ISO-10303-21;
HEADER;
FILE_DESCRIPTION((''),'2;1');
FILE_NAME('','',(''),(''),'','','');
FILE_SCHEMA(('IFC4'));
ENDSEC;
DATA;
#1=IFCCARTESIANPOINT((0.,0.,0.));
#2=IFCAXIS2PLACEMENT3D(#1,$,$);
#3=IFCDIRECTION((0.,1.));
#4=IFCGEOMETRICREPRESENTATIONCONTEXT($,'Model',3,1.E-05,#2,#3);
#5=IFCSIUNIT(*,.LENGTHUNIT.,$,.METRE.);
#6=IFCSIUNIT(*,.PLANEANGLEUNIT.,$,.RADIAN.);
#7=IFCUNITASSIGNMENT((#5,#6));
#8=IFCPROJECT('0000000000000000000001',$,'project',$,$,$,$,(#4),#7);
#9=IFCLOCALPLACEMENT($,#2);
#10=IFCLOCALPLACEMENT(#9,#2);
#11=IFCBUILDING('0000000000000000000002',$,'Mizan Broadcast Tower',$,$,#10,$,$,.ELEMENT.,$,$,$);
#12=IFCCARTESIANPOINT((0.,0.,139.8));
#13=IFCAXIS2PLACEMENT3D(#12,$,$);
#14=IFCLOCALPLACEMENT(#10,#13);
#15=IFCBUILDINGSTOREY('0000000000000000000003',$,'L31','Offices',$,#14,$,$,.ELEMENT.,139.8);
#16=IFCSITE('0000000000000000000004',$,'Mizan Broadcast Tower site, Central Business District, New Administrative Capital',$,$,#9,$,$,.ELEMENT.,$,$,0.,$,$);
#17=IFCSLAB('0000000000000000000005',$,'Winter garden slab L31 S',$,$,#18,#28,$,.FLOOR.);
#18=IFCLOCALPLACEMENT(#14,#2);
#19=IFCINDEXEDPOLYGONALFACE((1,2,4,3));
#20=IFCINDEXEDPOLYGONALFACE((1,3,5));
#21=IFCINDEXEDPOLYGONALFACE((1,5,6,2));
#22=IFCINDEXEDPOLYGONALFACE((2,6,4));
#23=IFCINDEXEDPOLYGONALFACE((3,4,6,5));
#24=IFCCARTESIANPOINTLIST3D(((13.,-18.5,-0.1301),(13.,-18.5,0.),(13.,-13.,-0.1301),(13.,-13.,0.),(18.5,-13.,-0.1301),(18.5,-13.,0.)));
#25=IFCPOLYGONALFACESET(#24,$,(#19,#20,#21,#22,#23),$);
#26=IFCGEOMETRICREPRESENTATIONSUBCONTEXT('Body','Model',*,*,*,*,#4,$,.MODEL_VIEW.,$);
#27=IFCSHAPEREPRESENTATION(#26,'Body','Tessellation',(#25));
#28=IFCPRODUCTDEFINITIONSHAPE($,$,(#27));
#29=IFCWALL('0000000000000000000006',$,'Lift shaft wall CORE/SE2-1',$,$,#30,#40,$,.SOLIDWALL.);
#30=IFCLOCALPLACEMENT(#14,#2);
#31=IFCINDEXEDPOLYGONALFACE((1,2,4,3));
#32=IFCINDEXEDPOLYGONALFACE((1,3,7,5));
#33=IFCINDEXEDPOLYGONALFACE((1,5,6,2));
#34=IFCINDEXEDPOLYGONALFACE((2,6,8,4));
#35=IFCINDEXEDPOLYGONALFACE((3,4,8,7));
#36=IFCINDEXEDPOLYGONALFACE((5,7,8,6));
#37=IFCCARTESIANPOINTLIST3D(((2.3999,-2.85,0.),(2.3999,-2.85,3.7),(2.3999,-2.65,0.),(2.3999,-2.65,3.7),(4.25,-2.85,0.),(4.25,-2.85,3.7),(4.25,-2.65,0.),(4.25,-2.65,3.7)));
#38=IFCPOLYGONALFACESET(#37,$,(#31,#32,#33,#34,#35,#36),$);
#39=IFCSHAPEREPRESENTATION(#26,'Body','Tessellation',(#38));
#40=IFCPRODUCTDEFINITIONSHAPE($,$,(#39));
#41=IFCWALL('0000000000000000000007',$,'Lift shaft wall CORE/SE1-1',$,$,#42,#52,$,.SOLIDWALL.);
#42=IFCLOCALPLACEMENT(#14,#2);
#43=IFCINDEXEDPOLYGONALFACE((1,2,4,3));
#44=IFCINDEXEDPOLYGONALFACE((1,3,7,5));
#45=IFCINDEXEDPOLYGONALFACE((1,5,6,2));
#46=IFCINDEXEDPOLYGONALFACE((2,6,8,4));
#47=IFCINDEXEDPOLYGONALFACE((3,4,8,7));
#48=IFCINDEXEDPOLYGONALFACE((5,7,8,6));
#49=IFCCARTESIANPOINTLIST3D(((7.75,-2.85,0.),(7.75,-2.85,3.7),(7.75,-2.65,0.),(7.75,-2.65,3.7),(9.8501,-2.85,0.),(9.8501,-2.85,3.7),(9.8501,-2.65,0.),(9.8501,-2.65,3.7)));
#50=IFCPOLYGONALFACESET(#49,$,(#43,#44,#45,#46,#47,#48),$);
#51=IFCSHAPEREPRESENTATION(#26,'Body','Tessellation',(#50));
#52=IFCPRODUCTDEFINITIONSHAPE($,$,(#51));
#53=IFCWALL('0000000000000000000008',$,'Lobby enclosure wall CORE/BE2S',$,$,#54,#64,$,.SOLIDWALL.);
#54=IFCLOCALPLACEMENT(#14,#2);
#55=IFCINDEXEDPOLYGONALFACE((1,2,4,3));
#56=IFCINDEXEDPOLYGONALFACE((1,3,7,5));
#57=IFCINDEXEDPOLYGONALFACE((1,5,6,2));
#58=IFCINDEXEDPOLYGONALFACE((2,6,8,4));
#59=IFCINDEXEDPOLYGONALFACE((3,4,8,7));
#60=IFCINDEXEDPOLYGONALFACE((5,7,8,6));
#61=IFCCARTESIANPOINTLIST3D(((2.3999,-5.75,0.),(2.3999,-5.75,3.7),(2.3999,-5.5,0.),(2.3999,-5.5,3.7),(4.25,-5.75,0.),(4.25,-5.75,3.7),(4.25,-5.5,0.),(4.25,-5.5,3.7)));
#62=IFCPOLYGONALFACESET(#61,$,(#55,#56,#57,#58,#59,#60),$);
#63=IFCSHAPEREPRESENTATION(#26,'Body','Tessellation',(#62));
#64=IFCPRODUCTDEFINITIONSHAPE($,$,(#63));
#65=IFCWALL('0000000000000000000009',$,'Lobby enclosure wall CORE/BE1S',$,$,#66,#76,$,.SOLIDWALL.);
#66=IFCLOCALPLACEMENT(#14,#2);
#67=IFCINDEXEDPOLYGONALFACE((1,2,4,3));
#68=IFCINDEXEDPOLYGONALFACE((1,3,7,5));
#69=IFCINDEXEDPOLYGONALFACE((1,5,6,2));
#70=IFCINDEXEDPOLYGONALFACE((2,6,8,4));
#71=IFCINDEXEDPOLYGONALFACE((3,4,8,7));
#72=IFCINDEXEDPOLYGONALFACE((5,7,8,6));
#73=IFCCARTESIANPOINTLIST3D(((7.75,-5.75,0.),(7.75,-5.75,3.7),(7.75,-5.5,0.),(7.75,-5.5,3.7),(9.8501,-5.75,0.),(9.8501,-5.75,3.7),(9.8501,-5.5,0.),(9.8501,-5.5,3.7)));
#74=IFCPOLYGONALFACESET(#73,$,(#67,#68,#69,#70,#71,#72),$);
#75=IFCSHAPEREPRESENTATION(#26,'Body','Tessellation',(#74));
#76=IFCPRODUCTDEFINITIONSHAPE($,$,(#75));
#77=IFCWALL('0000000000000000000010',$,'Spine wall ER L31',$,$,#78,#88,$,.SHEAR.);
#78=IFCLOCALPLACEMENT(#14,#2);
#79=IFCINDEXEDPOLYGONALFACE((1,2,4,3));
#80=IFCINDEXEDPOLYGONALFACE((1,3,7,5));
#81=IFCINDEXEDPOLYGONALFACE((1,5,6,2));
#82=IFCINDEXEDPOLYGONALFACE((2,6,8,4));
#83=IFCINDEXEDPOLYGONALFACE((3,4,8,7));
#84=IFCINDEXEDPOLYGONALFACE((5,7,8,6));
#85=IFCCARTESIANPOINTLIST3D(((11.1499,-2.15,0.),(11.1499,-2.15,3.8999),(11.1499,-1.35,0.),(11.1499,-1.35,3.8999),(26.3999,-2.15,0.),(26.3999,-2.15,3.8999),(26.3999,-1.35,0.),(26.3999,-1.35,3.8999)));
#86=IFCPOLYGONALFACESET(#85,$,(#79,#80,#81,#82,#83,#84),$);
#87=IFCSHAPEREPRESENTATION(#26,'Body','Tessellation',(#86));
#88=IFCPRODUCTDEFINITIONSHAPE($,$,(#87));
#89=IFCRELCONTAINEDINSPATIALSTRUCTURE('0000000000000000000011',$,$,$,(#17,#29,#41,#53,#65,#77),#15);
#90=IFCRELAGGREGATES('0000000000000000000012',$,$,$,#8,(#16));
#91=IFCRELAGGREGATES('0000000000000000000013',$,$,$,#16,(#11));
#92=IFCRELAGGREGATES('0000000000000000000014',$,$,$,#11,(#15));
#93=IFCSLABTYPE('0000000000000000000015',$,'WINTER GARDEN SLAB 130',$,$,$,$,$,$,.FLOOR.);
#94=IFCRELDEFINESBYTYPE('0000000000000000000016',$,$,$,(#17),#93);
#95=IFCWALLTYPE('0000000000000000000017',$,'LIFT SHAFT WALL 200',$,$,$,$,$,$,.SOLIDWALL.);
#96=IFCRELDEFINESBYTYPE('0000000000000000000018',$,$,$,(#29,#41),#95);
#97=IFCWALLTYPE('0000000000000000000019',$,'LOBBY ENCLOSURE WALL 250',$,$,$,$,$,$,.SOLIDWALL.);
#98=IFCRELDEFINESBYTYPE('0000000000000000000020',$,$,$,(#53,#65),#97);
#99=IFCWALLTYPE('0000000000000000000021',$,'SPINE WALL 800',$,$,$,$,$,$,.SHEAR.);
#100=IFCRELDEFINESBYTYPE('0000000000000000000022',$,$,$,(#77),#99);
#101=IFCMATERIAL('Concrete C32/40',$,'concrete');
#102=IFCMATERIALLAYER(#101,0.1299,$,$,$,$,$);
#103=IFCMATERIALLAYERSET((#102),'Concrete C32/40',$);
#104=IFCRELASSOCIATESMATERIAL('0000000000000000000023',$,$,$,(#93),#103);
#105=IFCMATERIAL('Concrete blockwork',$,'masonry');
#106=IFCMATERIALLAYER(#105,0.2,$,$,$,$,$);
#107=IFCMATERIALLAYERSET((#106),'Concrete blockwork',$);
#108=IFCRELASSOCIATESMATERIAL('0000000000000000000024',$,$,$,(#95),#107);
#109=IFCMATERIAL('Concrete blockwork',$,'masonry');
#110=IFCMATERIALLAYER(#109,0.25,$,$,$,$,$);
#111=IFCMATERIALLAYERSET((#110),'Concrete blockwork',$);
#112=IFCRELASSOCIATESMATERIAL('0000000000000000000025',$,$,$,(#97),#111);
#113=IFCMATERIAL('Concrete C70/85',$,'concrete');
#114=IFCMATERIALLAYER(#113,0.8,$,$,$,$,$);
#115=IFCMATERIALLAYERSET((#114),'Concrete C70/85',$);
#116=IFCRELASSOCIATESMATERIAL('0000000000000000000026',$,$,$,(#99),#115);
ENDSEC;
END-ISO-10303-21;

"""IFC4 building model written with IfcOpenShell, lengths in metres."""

from ifc_helpers import new_model, si_unit, direction, frame, frame_2d, origin, place, context, subcontext, project, spatial, polyline, rectangle, outline, extrude, material, layer, layer_set, type_object, element, save


model = new_model("IFC4")

# Units and contexts
model_context = context("Model", 3, precision=1e-05, world=origin(), true_north=direction((0.0, 1.0)))
body_context = subcontext(model_context, "Body", "Model", "MODEL_VIEW")
ifc_project = project(units=[si_unit("LENGTHUNIT", "METRE"), si_unit("PLANEANGLEUNIT", "RADIAN")], contexts=[model_context])

# Site, building, storey
site_placement = place(None, origin())
site = spatial("IfcSite", under=ifc_project, at=site_placement, Name="Mizan Broadcast Tower site, Central Business District, New Administrative Capital", CompositionType="ELEMENT", RefElevation=0.0)
building_placement = place(site_placement, origin())
building = spatial("IfcBuilding", under=site, at=building_placement, Name="Mizan Broadcast Tower", CompositionType="ELEMENT")
storey_placement = place(building_placement, frame((0.0, 0.0, 139.8)))
storey = spatial("IfcBuildingStorey", under=building, at=storey_placement, Name="L31", Description="Offices", CompositionType="ELEMENT", Elevation=139.8)

# Slab
ifc_material_1 = material(Name="Concrete C32/40", Category="concrete")
ifc_layer_1 = layer(ifc_material_1, 0.1299)
ifc_layer_set_1 = layer_set([ifc_layer_1], Name="Concrete C32/40")
slab_type_1 = type_object("IfcSlabType", Name="WINTER GARDEN SLAB 130", PredefinedType="FLOOR", material=ifc_layer_set_1)
slab_1_placement = place(storey_placement, frame((0.0, 0.0, -0.1301)))
element("IfcSlab", 1, at=slab_1_placement, inside=storey, type_object=slab_type_1, Name="Winter garden slab L31 S", PredefinedType="FLOOR", context=body_context, shape_type="SweptSolid", body=[
    extrude(outline(polyline([(13.0, -13.0), (13.0, -18.5), (18.5, -13.0), (13.0, -13.0)])), origin(), (0.0, 0.0, 1.0), 0.1301),
])

# Walls
ifc_material_2 = material(Name="Concrete blockwork", Category="masonry")
ifc_layer_2 = layer(ifc_material_2, 0.2)
ifc_layer_set_2 = layer_set([ifc_layer_2], Name="Concrete blockwork")
wall_type_1 = type_object("IfcWallType", Name="LIFT SHAFT WALL 200", PredefinedType="SOLIDWALL", material=ifc_layer_set_2)
wall_1_placement = place(storey_placement, frame((2.3999, -2.75, 0.0), z_axis=(0.0, 0.0, 1.0), x_axis=(1.0, 0.0, 0.0)))
element("IfcWall", 2, at=wall_1_placement, inside=storey, type_object=wall_type_1, Name="Lift shaft wall CORE/SE2-1", PredefinedType="SOLIDWALL", context=body_context, shape_type="SweptSolid", body=[
    extrude(rectangle(XDim=1.8501, YDim=0.2, at=frame_2d((0.925, 0.0))), origin(), (0.0, 0.0, 1.0), 3.7),
])
wall_2_placement = place(storey_placement, frame((7.75, -2.75, 0.0), z_axis=(0.0, 0.0, 1.0), x_axis=(1.0, 0.0, 0.0)))
element("IfcWall", 3, at=wall_2_placement, inside=storey, type_object=wall_type_1, Name="Lift shaft wall CORE/SE1-1", PredefinedType="SOLIDWALL", context=body_context, shape_type="SweptSolid", body=[
    extrude(rectangle(XDim=2.1001, YDim=0.2, at=frame_2d((1.05, 0.0))), origin(), (0.0, 0.0, 1.0), 3.7),
])
ifc_material_3 = material(Name="Concrete blockwork", Category="masonry")
ifc_layer_3 = layer(ifc_material_3, 0.25)
ifc_layer_set_3 = layer_set([ifc_layer_3], Name="Concrete blockwork")
wall_type_2 = type_object("IfcWallType", Name="LOBBY ENCLOSURE WALL 250", PredefinedType="SOLIDWALL", material=ifc_layer_set_3)
wall_3_placement = place(storey_placement, frame((2.3999, -5.625, 0.0), z_axis=(0.0, 0.0, 1.0), x_axis=(1.0, 0.0, 0.0)))
element("IfcWall", 4, at=wall_3_placement, inside=storey, type_object=wall_type_2, Name="Lobby enclosure wall CORE/BE2S", PredefinedType="SOLIDWALL", context=body_context, shape_type="SweptSolid", body=[
    extrude(rectangle(XDim=1.8501, YDim=0.25, at=frame_2d((0.925, 0.0))), origin(), (0.0, 0.0, 1.0), 3.7),
])
wall_4_placement = place(storey_placement, frame((7.75, -5.625, 0.0), z_axis=(0.0, 0.0, 1.0), x_axis=(1.0, 0.0, 0.0)))
element("IfcWall", 5, at=wall_4_placement, inside=storey, type_object=wall_type_2, Name="Lobby enclosure wall CORE/BE1S", PredefinedType="SOLIDWALL", context=body_context, shape_type="SweptSolid", body=[
    extrude(rectangle(XDim=2.1001, YDim=0.25, at=frame_2d((1.05, 0.0))), origin(), (0.0, 0.0, 1.0), 3.7),
])
ifc_material_4 = material(Name="Concrete C70/85", Category="concrete")
ifc_layer_4 = layer(ifc_material_4, 0.8)
ifc_layer_set_4 = layer_set([ifc_layer_4], Name="Concrete C70/85")
wall_type_3 = type_object("IfcWallType", Name="SPINE WALL 800", PredefinedType="SHEAR", material=ifc_layer_set_4)
wall_5_placement = place(storey_placement, frame((11.1499, -1.75, 0.0), z_axis=(0.0, 0.0, 1.0), x_axis=(1.0, 0.0, 0.0)))
element("IfcWall", 6, at=wall_5_placement, inside=storey, type_object=wall_type_3, Name="Spine wall ER L31", PredefinedType="SHEAR", context=body_context, shape_type="SweptSolid", body=[
    extrude(rectangle(XDim=15.25, YDim=0.8, at=frame_2d((7.625, 0.0))), origin(), (0.0, 0.0, 1.0), 3.8999),
])

save(model, "model.ifc")
